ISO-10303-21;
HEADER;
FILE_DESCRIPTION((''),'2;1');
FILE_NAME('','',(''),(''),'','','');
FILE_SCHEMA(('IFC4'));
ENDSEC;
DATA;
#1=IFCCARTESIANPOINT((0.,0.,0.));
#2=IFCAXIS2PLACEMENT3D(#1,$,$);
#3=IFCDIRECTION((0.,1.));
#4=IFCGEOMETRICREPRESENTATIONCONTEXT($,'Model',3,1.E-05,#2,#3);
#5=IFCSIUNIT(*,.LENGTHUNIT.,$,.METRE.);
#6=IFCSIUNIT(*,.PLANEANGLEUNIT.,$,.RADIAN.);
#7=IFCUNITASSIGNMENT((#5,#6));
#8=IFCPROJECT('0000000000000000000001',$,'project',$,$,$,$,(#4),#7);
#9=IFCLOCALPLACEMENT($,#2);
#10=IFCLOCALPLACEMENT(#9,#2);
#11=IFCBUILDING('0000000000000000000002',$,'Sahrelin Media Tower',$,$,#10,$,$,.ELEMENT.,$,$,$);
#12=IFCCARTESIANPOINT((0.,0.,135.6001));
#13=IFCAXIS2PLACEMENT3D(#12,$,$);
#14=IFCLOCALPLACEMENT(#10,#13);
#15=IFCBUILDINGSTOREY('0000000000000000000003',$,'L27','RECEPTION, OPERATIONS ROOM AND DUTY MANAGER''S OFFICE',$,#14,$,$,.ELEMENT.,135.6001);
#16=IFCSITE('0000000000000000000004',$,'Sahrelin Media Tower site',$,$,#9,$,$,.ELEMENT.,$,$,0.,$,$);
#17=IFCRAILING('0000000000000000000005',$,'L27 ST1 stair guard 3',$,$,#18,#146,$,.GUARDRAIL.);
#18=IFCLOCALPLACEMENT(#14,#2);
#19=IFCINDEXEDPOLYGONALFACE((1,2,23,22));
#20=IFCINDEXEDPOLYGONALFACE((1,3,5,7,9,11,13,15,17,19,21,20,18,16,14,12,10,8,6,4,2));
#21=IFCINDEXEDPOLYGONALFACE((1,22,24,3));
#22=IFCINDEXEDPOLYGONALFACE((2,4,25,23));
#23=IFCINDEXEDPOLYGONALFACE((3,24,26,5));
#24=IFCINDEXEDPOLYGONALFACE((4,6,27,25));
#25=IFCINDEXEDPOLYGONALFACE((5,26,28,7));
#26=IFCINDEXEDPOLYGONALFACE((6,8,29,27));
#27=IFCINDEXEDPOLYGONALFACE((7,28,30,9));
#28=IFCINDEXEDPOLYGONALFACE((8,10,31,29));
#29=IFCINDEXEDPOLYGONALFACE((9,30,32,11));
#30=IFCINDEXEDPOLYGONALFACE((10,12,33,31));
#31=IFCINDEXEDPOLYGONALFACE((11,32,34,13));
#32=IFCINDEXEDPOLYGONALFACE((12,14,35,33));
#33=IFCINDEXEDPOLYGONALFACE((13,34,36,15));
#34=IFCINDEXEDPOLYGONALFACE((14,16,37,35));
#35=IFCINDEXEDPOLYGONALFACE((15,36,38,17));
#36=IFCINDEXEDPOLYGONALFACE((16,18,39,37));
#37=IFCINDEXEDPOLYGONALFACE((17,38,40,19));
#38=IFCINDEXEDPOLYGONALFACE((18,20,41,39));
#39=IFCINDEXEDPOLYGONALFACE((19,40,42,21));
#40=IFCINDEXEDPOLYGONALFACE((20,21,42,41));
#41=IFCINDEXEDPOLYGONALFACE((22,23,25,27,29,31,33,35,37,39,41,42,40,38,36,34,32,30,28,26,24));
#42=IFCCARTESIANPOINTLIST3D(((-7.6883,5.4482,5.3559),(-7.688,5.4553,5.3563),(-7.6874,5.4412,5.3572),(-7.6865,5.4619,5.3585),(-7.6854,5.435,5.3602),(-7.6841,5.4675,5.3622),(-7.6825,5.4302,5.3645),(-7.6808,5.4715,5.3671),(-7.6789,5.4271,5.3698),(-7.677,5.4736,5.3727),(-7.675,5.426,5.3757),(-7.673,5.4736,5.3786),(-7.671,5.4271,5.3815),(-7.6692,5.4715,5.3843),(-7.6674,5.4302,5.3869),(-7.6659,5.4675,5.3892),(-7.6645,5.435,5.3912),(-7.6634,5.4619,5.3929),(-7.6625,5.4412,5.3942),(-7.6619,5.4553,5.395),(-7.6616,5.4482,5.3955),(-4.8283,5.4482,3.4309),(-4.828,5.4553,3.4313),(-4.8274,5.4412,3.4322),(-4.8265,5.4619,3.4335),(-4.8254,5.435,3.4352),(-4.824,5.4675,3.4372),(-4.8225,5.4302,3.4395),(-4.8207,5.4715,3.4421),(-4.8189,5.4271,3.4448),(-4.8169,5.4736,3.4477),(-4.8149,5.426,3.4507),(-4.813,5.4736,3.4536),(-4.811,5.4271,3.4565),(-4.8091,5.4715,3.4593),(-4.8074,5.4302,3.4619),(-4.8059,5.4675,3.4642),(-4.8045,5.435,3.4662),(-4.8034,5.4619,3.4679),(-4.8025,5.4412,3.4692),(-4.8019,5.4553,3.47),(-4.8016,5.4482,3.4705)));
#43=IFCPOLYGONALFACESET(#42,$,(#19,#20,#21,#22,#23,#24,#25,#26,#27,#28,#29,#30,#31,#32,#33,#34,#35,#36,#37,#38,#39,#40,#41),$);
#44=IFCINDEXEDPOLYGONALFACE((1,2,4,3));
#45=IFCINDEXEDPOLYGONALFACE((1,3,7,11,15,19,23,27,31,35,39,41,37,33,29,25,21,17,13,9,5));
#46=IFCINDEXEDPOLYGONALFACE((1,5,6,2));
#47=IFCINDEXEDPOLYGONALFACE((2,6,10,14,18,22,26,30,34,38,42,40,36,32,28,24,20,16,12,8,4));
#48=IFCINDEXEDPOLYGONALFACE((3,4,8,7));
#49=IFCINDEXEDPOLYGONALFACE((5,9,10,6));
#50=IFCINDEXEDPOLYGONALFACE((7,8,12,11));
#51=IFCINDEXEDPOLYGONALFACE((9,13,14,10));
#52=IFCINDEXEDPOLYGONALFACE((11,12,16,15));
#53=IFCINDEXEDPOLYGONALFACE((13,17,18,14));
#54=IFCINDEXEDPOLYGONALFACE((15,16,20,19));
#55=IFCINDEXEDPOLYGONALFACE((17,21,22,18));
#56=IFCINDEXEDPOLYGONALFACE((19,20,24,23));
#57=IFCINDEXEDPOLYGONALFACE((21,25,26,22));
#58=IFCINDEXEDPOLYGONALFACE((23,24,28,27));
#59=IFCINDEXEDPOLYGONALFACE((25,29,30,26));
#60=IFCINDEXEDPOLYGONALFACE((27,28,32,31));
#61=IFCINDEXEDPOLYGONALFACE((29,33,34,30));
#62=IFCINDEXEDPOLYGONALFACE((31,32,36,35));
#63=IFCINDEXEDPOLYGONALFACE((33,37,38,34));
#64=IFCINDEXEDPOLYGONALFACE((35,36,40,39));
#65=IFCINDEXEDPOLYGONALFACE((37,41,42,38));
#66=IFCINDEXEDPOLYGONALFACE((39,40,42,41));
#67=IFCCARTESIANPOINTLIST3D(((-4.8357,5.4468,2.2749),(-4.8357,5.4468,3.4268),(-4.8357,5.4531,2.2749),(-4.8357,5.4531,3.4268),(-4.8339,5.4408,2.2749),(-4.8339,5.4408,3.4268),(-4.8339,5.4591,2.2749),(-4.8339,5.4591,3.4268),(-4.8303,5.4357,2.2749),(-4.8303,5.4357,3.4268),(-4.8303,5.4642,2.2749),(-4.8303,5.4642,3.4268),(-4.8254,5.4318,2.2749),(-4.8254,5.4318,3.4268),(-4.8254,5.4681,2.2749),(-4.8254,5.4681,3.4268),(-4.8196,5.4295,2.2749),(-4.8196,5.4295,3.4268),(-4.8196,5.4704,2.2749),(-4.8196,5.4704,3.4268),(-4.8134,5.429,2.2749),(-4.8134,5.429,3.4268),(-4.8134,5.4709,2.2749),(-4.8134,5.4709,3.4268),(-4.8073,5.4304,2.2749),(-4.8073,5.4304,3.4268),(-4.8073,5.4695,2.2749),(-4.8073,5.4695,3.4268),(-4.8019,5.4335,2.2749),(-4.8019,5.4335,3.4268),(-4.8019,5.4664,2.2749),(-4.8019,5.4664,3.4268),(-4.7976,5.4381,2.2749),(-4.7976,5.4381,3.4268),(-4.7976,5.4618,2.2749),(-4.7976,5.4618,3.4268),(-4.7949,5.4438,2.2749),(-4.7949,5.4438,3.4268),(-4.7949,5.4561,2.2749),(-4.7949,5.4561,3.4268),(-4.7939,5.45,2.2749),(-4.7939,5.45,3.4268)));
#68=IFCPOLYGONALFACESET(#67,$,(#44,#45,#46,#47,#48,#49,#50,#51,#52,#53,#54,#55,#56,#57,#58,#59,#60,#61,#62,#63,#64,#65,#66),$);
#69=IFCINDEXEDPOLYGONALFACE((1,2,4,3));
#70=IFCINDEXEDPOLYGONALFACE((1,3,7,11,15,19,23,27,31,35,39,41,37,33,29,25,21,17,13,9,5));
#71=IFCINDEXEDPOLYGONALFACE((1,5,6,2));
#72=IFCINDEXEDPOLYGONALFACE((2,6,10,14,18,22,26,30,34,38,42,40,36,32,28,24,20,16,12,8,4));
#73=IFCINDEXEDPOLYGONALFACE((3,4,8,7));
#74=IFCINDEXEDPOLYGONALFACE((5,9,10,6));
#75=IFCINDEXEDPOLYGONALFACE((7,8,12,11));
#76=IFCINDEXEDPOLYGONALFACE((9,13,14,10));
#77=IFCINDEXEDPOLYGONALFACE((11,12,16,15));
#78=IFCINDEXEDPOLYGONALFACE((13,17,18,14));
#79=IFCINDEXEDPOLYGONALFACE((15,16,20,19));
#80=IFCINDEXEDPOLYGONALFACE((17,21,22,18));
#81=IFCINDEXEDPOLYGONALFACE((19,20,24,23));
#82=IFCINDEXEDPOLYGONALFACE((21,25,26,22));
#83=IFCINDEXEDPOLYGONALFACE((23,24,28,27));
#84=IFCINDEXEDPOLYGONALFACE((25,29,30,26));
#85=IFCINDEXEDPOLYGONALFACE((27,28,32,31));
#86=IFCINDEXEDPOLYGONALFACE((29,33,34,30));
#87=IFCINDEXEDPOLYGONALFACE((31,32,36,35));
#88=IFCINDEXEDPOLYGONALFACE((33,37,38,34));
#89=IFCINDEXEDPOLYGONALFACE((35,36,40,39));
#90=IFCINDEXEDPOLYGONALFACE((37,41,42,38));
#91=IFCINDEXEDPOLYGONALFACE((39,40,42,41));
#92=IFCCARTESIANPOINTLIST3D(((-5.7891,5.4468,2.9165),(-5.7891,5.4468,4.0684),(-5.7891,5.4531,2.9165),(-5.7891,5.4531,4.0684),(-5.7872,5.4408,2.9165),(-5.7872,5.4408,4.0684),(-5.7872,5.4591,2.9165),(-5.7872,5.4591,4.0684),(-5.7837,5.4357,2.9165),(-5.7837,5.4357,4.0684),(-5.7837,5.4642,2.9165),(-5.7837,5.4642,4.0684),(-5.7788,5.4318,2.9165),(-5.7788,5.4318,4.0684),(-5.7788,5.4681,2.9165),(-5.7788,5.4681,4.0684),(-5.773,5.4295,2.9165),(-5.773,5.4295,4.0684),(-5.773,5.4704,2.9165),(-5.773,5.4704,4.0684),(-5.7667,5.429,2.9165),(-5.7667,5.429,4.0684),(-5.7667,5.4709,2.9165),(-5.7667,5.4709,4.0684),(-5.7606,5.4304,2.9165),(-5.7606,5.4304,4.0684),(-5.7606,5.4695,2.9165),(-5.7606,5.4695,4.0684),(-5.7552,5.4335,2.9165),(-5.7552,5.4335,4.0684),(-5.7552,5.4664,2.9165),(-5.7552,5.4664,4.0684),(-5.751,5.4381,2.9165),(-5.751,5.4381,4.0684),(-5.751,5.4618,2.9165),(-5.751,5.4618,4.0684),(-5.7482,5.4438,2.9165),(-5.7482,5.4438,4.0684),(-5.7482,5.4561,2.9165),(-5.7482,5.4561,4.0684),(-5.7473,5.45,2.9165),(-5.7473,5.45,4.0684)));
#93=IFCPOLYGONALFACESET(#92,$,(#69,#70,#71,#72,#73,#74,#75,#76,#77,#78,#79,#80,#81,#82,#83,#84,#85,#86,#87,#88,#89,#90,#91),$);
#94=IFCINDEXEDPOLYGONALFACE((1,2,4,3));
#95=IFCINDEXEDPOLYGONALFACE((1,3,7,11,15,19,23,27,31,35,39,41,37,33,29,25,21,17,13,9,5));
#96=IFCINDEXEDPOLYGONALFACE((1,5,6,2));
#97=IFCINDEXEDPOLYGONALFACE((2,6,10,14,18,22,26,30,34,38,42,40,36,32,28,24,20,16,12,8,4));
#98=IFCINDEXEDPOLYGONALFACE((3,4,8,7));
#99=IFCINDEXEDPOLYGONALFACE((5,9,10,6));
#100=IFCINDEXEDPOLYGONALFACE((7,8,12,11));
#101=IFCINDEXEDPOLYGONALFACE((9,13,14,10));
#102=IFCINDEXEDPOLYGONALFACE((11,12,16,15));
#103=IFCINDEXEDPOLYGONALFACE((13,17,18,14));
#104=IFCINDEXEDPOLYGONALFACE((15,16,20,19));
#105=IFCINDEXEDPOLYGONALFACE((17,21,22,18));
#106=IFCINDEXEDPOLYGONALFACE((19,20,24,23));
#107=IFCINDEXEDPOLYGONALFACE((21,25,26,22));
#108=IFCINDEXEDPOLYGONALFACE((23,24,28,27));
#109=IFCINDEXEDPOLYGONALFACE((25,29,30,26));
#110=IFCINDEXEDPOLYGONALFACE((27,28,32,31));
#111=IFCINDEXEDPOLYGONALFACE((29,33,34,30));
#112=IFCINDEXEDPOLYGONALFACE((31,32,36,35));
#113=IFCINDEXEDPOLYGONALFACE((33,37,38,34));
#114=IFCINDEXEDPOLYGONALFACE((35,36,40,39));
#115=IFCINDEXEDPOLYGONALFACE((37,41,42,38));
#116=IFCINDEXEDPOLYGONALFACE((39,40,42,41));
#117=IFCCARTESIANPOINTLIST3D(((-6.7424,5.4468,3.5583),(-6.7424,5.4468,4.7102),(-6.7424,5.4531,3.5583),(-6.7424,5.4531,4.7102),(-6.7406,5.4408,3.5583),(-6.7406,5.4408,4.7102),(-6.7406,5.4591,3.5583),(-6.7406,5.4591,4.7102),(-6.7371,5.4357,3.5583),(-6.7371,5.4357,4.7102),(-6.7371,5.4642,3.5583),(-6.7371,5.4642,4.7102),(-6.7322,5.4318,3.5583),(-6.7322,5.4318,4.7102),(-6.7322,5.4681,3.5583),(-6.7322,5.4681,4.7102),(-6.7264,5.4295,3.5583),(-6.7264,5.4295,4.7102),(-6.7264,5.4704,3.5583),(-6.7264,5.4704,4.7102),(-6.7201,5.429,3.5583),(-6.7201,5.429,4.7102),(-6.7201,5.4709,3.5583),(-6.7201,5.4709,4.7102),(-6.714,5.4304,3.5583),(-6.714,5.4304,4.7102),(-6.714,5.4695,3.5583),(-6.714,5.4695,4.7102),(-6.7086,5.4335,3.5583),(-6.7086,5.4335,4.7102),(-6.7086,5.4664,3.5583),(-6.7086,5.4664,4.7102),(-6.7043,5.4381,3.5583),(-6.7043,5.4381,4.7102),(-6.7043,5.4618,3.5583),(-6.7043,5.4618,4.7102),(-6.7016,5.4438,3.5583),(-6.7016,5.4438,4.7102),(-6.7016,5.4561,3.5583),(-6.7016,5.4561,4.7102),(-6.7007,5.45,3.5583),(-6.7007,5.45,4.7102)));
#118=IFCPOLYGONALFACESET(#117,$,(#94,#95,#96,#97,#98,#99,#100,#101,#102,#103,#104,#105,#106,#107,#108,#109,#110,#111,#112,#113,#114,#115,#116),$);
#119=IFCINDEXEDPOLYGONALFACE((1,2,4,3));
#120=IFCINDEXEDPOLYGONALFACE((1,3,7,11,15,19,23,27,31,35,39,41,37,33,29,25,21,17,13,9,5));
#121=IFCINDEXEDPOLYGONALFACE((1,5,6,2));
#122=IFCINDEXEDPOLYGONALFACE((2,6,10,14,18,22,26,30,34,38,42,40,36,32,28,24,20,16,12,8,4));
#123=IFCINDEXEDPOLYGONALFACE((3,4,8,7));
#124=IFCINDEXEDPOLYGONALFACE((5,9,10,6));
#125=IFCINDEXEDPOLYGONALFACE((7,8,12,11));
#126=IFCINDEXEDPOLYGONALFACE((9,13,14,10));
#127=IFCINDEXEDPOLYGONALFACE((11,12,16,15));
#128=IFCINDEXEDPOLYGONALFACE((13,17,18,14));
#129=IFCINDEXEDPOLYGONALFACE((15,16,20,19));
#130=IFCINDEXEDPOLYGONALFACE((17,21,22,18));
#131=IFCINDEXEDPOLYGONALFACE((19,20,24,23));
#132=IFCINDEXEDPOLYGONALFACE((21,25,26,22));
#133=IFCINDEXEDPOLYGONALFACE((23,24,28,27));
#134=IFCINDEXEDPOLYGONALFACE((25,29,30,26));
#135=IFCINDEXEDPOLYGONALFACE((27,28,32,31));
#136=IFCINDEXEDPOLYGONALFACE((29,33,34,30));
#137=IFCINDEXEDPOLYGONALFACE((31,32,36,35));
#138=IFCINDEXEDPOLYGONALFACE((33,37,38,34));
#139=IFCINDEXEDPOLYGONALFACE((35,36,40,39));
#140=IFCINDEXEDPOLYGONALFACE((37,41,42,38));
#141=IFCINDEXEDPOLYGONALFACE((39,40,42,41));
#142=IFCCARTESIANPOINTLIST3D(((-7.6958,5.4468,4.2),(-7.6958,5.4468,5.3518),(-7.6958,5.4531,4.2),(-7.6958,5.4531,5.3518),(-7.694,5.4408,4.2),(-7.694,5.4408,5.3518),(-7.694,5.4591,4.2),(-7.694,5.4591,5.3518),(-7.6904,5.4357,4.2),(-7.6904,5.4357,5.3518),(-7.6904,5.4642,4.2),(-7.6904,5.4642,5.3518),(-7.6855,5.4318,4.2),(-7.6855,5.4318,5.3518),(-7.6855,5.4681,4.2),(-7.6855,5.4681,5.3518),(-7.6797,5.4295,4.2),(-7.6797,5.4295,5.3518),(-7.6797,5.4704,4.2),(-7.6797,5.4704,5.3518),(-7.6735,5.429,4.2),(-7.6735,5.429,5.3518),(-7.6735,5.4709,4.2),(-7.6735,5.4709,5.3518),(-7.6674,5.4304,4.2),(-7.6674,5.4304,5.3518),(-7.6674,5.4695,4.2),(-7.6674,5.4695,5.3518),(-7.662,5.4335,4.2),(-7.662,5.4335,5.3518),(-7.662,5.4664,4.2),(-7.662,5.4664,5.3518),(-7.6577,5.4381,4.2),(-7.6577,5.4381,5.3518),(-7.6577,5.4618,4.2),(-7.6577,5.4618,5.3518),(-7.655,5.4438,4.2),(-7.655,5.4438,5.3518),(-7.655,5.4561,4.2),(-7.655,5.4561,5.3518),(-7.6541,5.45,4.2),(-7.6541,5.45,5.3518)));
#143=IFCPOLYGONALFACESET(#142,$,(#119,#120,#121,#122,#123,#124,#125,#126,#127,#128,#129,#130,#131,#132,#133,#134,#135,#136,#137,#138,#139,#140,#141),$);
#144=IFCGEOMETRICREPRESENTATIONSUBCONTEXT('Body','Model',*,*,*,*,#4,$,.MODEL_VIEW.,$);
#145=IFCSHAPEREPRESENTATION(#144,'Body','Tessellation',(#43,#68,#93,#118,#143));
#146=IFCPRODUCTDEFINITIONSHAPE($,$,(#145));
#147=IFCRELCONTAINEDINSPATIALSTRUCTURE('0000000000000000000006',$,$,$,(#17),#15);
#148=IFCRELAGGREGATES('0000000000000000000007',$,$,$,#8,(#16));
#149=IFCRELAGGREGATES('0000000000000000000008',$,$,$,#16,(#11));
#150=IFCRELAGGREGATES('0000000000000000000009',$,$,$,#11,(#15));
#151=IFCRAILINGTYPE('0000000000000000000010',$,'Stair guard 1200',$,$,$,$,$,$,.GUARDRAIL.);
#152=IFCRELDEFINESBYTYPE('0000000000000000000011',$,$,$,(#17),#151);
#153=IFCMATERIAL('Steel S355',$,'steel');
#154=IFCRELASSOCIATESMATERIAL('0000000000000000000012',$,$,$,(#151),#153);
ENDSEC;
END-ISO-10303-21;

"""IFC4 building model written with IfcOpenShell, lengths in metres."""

from ifc_helpers import new_model, si_unit, direction, frame, origin, origin_2d, place, context, subcontext, project, spatial, circle, extrude, material, type_object, element, save


model = new_model("IFC4")

# Units and contexts
model_context = context("Model", 3, precision=1e-05, world=origin(), true_north=direction((0.0, 1.0)))
body_context = subcontext(model_context, "Body", "Model", "MODEL_VIEW")
ifc_project = project(units=[si_unit("LENGTHUNIT", "METRE"), si_unit("PLANEANGLEUNIT", "RADIAN")], contexts=[model_context])

# Site, building, storey
site_placement = place(None, origin())
site = spatial("IfcSite", under=ifc_project, at=site_placement, Name="Sahrelin Media Tower site", CompositionType="ELEMENT", RefElevation=0.0)
building_placement = place(site_placement, origin())
building = spatial("IfcBuilding", under=site, at=building_placement, Name="Sahrelin Media Tower", CompositionType="ELEMENT")
storey_placement = place(building_placement, frame((0.0, 0.0, 135.6001)))
storey = spatial("IfcBuildingStorey", under=building, at=storey_placement, Name="L27", Description="RECEPTION, OPERATIONS ROOM AND DUTY MANAGER'S OFFICE", CompositionType="ELEMENT", Elevation=135.6001)

# Shared definitions
ifc_material_1 = material(Name="Steel S355", Category="steel")

# Railing
railing_type_1 = type_object("IfcRailingType", Name="Stair guard 1200", PredefinedType="GUARDRAIL", material=ifc_material_1)
railing_1_placement = place(storey_placement, frame((-4.8149, 5.45, 2.2749)))
element("IfcRailing", 1, at=railing_1_placement, inside=storey, type_object=railing_type_1, Name="L27 ST1 stair guard 3", PredefinedType="GUARDRAIL", context=body_context, shape_type="SweptSolid", body=[
    extrude(circle(Radius=0.0239, at=origin_2d()), frame((0.0, 0.0, 1.1758), z_axis=(-0.829591, 0.0, 0.558372), x_axis=(0.0, -1.0, 0.0)), (0.0, 0.0, 1.0), 3.4475),
    extrude(circle(Radius=0.021, at=origin_2d()), origin(), (0.0, 0.0, 1.0), 1.1519),
    extrude(circle(Radius=0.021, at=origin_2d()), frame((-0.9534, 0.0, 0.6416)), (0.0, 0.0, 1.0), 1.1519),
    extrude(circle(Radius=0.021, at=origin_2d()), frame((-1.9067, 0.0, 1.2834)), (0.0, 0.0, 1.0), 1.1519),
    extrude(circle(Radius=0.021, at=origin_2d()), frame((-2.8601, 0.0, 1.925)), (0.0, 0.0, 1.0), 1.1519),
])

save(model, "model.ifc")
